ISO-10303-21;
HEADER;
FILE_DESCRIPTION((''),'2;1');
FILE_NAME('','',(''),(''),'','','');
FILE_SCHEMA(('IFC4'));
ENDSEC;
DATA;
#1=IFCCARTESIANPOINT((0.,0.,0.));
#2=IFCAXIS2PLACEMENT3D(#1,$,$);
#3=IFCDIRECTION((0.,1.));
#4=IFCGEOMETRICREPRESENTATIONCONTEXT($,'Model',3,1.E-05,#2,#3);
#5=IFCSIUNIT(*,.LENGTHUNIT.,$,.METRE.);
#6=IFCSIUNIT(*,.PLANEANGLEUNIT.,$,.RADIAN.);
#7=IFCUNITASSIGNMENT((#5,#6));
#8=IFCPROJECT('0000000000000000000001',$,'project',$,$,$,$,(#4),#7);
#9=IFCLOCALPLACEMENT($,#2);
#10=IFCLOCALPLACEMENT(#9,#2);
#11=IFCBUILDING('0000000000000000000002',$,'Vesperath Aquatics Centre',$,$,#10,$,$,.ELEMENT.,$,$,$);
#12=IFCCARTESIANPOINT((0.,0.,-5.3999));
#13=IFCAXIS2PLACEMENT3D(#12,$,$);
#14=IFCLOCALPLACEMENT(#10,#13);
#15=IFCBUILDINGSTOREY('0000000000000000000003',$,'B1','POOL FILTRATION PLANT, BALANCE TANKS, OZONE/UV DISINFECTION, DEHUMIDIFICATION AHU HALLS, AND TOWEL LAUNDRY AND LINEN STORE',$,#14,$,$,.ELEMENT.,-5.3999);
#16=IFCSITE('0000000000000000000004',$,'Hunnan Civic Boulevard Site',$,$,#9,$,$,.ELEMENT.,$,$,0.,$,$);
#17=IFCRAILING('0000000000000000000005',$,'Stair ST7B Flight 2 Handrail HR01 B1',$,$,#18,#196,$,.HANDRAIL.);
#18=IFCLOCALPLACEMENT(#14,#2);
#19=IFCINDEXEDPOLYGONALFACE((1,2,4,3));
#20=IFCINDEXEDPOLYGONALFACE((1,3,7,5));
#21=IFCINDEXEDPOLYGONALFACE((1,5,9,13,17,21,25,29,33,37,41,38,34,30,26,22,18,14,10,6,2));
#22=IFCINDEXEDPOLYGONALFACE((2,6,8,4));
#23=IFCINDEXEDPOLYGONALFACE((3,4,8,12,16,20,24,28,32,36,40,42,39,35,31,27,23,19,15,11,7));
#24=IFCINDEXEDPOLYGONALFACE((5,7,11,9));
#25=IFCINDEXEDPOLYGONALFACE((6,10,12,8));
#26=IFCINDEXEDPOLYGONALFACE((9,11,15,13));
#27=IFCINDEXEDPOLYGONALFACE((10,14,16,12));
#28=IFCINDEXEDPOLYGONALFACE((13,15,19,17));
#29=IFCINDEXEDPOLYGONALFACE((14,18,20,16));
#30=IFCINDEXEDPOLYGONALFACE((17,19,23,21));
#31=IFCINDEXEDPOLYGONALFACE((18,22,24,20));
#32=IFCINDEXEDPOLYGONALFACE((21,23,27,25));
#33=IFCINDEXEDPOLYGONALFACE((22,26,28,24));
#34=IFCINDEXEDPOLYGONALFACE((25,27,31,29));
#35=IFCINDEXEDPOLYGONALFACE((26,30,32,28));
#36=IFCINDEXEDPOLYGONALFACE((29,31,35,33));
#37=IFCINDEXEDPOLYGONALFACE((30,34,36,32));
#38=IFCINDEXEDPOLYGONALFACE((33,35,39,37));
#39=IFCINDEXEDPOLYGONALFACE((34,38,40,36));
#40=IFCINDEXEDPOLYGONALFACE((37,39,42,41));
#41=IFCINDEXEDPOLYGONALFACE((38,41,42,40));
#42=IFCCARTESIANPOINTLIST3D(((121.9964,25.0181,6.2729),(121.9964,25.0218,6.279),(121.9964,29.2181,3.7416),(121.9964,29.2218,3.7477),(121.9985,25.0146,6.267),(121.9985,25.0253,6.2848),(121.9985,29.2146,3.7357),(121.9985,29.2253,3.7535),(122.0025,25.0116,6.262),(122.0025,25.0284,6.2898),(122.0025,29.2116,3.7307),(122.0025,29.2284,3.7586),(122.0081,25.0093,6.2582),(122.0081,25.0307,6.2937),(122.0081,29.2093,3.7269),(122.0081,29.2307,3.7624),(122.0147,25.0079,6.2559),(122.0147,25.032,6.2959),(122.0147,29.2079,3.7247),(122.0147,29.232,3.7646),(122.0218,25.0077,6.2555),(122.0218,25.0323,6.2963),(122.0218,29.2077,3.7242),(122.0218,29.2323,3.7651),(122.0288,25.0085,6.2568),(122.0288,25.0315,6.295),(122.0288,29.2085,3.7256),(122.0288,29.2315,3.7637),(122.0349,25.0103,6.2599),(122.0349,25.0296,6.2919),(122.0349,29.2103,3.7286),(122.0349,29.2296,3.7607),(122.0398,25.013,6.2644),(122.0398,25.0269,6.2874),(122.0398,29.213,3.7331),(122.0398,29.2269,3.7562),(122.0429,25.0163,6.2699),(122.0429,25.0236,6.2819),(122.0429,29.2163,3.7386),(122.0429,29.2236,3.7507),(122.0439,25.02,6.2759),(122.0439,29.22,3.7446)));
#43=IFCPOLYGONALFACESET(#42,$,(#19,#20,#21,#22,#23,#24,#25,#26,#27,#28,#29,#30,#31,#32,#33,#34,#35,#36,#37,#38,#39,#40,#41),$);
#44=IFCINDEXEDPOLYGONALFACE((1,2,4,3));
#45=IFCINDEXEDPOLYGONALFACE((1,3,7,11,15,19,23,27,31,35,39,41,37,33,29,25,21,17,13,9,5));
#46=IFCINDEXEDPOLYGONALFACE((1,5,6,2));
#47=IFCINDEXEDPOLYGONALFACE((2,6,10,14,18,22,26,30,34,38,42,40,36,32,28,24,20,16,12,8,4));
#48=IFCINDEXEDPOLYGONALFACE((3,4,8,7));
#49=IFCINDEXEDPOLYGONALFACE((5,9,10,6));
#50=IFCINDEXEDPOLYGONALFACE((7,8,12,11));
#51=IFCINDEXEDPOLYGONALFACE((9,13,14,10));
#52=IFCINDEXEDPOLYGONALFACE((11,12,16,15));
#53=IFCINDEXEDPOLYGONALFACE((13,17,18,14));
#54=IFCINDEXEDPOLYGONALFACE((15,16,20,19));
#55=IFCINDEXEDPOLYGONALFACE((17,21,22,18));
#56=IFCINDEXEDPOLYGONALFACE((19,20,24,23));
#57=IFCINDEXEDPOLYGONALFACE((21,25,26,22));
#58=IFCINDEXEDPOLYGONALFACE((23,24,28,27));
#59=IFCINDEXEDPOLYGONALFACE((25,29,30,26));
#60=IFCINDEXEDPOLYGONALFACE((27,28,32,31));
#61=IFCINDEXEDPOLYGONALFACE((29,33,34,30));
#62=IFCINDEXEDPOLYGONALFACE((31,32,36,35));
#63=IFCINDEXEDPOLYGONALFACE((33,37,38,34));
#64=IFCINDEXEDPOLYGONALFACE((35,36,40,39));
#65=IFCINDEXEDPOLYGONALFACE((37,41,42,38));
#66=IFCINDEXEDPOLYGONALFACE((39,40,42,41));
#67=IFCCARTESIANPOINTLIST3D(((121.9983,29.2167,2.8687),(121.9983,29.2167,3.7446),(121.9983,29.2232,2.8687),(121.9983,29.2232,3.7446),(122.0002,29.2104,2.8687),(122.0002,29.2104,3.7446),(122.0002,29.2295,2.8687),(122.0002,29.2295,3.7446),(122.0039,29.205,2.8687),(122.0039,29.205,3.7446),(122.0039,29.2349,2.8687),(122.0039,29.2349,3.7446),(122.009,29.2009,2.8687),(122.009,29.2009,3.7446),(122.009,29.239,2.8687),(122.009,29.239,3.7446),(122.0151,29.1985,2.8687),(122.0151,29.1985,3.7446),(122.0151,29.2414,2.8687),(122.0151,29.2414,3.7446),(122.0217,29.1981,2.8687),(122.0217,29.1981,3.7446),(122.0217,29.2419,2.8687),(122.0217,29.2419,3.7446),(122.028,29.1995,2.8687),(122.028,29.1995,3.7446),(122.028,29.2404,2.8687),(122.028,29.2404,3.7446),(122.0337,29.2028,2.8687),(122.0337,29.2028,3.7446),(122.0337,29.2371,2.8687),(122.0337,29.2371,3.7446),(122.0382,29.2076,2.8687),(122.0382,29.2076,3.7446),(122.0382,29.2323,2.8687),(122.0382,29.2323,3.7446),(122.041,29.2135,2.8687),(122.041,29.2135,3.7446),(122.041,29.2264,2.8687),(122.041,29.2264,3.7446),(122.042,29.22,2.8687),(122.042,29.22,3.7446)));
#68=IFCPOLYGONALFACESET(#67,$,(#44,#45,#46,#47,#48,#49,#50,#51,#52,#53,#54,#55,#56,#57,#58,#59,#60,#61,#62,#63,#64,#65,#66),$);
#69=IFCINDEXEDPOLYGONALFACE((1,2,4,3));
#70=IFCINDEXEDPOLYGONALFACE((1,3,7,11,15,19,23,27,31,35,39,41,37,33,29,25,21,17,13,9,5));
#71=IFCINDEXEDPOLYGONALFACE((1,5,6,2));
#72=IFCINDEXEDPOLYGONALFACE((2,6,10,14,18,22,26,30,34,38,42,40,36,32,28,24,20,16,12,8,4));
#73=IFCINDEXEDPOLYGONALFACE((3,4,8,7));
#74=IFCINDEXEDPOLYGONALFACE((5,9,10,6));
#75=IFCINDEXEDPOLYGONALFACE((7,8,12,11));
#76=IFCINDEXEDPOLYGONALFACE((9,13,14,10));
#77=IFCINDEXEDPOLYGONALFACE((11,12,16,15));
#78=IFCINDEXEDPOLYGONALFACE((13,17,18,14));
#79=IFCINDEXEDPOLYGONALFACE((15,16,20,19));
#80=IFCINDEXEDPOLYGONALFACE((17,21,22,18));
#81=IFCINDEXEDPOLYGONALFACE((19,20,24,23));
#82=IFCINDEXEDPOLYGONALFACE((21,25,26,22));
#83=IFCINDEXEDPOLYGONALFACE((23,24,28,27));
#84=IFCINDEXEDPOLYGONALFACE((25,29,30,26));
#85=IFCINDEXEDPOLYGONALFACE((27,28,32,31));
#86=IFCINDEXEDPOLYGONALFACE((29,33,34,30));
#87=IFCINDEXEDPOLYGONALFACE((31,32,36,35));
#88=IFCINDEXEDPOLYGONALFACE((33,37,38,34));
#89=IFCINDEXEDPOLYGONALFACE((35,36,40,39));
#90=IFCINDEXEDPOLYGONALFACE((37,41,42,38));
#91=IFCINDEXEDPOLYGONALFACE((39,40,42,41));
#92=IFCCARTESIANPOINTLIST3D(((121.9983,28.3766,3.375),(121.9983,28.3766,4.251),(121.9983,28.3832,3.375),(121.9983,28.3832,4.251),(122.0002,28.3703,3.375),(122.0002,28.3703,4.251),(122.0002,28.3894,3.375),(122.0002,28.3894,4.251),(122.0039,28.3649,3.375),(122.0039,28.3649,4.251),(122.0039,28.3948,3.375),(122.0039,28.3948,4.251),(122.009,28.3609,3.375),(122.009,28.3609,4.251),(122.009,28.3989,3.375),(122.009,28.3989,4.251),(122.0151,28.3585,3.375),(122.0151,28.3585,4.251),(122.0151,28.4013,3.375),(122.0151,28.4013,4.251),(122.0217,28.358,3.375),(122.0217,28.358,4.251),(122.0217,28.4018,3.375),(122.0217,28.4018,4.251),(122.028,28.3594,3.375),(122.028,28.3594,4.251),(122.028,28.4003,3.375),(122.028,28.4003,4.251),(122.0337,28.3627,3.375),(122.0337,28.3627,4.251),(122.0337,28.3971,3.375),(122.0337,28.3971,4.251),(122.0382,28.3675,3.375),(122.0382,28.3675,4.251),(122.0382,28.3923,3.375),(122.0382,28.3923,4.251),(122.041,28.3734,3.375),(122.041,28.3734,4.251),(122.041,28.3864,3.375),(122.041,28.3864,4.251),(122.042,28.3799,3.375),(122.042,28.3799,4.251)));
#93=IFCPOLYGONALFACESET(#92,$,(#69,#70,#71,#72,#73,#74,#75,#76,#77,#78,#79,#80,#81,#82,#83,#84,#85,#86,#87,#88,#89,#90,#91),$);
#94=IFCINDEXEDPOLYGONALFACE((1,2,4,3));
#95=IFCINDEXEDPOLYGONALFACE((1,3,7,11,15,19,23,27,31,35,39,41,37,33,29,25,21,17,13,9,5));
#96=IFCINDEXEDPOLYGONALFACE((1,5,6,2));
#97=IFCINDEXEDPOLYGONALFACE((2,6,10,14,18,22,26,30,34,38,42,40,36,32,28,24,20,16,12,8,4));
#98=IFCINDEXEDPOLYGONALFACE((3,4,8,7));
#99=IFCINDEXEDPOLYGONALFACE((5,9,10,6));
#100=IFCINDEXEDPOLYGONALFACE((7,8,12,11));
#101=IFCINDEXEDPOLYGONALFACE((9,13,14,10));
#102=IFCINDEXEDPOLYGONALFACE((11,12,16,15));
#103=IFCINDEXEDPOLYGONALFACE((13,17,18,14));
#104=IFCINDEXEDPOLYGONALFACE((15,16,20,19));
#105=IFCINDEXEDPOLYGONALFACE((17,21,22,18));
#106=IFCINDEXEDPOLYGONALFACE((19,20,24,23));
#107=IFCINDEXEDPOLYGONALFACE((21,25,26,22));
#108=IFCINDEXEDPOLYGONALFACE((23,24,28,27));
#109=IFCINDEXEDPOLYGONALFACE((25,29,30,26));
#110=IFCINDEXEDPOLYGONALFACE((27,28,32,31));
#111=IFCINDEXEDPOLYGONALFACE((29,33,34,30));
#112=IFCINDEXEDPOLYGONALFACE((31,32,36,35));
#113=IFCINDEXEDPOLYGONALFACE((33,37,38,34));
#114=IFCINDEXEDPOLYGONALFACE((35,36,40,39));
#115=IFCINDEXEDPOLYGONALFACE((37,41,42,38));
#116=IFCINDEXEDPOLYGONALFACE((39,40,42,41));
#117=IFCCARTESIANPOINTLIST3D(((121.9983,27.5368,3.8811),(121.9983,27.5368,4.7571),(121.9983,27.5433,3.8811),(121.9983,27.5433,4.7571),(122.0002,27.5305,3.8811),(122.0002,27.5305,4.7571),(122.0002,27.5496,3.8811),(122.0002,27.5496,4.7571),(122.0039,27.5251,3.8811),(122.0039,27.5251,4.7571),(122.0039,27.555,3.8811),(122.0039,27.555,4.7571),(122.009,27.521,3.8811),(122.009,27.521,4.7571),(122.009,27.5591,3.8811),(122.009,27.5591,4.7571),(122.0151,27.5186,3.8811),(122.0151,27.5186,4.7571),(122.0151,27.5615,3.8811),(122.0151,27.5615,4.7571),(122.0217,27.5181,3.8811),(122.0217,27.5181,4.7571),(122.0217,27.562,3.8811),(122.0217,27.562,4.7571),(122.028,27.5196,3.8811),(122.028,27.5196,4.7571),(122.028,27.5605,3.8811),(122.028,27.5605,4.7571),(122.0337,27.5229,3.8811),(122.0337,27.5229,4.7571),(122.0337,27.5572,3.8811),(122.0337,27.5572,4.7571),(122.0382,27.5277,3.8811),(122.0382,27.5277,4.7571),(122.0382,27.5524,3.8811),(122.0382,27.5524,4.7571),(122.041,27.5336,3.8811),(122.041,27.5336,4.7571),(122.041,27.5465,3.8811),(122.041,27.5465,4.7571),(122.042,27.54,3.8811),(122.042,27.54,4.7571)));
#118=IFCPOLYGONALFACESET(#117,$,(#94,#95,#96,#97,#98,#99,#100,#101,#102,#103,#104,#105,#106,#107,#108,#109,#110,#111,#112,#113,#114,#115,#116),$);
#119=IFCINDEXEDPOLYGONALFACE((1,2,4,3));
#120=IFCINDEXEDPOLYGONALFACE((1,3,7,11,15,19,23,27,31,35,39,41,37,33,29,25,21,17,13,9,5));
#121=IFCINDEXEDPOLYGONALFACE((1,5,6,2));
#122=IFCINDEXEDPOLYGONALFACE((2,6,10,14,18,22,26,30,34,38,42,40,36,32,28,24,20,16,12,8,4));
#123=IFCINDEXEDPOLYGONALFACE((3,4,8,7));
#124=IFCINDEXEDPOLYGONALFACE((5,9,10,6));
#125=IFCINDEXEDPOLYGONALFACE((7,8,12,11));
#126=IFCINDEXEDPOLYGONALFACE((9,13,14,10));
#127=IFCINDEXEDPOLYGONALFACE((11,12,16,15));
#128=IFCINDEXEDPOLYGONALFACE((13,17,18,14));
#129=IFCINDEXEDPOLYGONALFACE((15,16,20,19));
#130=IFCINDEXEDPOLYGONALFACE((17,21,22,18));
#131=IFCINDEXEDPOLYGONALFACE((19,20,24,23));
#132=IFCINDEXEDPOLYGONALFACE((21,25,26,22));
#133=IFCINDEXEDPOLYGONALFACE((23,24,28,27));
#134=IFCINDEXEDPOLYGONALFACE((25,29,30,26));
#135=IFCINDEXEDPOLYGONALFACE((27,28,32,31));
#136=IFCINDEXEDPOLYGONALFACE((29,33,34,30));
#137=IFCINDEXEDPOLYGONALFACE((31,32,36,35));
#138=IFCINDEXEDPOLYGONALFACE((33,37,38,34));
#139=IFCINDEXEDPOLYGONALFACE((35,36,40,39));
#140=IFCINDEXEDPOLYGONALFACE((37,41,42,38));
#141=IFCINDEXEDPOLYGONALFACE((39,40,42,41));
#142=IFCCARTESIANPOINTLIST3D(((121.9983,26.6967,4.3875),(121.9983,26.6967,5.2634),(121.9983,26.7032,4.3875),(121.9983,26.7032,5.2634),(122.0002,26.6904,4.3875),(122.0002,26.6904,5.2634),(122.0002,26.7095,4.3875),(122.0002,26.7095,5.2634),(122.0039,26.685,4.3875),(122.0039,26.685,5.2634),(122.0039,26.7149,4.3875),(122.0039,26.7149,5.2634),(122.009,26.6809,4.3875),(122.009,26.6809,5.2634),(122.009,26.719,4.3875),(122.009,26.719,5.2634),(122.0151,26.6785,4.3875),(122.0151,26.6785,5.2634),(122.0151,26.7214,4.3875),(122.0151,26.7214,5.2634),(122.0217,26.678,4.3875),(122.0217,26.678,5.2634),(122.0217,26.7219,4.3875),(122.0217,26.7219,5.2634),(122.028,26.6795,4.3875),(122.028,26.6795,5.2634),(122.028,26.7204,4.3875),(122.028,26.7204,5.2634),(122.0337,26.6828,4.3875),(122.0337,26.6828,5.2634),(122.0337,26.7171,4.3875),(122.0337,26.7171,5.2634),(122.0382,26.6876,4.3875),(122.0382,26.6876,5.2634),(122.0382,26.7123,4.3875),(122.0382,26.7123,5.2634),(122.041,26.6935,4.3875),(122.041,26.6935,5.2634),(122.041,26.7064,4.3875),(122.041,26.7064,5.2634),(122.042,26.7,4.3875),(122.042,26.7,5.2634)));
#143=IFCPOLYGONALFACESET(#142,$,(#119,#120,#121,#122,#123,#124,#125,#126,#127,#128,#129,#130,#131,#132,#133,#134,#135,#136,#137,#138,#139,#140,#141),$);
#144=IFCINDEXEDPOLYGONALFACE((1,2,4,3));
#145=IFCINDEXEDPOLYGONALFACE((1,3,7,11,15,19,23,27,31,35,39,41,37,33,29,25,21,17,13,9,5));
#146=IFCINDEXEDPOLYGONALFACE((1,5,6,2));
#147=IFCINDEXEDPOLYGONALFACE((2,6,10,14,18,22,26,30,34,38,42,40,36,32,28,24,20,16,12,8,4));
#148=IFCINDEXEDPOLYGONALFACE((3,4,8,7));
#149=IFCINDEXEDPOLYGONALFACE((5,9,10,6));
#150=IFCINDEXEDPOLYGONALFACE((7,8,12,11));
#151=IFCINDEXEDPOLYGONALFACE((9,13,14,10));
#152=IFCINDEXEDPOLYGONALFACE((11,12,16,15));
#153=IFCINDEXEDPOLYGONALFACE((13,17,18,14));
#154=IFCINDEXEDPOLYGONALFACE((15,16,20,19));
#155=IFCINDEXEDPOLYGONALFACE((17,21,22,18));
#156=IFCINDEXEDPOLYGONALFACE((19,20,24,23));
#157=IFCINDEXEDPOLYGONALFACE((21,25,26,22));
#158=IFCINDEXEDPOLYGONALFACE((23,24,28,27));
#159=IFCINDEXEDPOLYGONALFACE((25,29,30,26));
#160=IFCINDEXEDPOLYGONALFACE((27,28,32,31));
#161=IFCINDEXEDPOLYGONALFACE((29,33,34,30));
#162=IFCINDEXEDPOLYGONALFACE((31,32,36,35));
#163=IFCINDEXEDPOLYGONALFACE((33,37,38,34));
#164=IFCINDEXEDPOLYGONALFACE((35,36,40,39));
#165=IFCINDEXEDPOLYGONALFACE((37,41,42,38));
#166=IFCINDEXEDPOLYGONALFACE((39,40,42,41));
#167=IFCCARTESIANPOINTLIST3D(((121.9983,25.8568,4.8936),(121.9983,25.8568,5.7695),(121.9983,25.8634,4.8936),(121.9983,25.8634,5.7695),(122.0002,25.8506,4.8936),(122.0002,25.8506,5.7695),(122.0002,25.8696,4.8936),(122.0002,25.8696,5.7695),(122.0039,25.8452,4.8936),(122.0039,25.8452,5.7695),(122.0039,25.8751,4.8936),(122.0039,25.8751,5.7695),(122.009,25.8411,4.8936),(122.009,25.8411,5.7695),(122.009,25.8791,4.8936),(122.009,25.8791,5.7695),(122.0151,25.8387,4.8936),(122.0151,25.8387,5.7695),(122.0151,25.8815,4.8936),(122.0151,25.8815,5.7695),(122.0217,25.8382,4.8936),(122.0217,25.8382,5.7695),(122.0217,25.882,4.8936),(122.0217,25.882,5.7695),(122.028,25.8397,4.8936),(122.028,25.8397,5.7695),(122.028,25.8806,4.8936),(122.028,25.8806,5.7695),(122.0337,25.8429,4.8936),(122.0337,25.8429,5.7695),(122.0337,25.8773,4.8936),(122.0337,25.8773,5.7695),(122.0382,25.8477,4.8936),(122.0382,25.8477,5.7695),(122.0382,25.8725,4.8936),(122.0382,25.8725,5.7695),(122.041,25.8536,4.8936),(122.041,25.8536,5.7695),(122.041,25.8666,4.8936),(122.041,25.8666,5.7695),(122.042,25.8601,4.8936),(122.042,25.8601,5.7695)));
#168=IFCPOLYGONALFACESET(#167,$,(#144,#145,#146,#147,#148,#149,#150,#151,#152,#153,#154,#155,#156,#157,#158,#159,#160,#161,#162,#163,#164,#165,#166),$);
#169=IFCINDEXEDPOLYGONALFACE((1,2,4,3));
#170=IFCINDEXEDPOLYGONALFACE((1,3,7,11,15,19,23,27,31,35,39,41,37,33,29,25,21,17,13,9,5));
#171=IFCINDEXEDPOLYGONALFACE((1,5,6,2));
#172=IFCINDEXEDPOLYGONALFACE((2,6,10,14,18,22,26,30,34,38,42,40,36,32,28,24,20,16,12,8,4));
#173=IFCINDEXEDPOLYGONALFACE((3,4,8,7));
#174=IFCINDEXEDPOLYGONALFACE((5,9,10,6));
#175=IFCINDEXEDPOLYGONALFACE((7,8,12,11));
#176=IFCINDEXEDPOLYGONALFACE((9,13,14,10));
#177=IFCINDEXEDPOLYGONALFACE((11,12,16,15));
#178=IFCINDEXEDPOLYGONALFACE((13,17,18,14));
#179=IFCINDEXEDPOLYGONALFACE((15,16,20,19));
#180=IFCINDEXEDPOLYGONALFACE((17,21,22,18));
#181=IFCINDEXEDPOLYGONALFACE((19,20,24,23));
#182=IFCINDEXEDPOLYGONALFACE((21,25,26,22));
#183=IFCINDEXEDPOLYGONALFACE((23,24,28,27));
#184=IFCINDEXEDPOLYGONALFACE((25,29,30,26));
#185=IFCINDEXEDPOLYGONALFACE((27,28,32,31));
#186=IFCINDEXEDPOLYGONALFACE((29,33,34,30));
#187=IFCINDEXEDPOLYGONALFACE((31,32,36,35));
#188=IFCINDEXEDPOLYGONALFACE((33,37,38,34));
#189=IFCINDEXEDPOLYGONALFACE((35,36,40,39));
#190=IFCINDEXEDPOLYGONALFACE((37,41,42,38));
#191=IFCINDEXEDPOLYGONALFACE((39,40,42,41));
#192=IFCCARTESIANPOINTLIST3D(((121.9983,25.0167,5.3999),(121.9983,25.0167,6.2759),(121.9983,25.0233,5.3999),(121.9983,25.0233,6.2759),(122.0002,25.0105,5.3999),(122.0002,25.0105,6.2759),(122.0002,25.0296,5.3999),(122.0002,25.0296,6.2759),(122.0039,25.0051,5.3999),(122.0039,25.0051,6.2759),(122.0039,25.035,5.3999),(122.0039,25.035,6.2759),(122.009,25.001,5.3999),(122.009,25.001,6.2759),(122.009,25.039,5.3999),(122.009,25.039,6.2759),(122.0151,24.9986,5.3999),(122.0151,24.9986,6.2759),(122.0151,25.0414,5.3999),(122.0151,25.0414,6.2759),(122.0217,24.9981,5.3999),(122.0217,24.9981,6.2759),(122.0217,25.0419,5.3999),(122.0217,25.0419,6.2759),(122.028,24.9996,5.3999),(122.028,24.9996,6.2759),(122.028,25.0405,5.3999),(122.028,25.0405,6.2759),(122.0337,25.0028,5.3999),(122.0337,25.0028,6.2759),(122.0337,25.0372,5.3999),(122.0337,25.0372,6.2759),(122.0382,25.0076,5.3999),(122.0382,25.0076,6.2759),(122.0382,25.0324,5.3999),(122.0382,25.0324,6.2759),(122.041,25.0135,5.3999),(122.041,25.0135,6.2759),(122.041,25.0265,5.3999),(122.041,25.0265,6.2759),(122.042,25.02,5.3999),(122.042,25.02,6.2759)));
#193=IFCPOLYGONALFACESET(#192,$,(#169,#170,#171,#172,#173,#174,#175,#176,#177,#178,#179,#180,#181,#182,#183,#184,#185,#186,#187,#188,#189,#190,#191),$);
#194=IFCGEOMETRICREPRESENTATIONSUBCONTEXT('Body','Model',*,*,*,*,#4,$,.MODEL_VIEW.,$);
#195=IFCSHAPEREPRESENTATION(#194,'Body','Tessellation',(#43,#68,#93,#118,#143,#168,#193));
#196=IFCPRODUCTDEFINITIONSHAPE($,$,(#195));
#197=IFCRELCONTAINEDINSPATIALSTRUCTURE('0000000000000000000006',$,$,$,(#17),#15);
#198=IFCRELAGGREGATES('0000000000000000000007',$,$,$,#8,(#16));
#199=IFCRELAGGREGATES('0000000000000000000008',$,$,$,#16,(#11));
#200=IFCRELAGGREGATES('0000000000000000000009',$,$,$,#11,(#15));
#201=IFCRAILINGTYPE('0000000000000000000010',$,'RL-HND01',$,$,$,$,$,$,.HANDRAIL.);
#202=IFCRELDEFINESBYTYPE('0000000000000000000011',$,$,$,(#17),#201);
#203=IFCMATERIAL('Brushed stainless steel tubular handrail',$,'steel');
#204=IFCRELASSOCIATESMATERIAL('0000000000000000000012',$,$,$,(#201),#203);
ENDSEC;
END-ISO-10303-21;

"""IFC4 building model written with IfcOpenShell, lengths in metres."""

from ifc_helpers import new_model, si_unit, direction, frame, origin, origin_2d, place, context, subcontext, project, spatial, circle, extrude, material, type_object, element, save


model = new_model("IFC4")

# Units and contexts
model_context = context("Model", 3, precision=1e-05, world=origin(), true_north=direction((0.0, 1.0)))
body_context = subcontext(model_context, "Body", "Model", "MODEL_VIEW")
ifc_project = project(units=[si_unit("LENGTHUNIT", "METRE"), si_unit("PLANEANGLEUNIT", "RADIAN")], contexts=[model_context])

# Site, building, storey
site_placement = place(None, origin())
site = spatial("IfcSite", under=ifc_project, at=site_placement, Name="Hunnan Civic Boulevard Site", CompositionType="ELEMENT", RefElevation=0.0)
building_placement = place(site_placement, origin())
building = spatial("IfcBuilding", under=site, at=building_placement, Name="Vesperath Aquatics Centre", CompositionType="ELEMENT")
storey_placement = place(building_placement, frame((0.0, 0.0, -5.3999)))
storey = spatial("IfcBuildingStorey", under=building, at=storey_placement, Name="B1", Description="POOL FILTRATION PLANT, BALANCE TANKS, OZONE/UV DISINFECTION, DEHUMIDIFICATION AHU HALLS, AND TOWEL LAUNDRY AND LINEN STORE", CompositionType="ELEMENT", Elevation=-5.3999)

# Railing
ifc_material_1 = material(Name="Brushed stainless steel tubular handrail", Category="steel")
railing_type_1 = type_object("IfcRailingType", Name="RL-HND01", PredefinedType="HANDRAIL", material=ifc_material_1)
railing_1_placement = place(storey_placement, frame((122.02, 29.22, 2.8687)))
element("IfcRailing", 1, at=railing_1_placement, inside=storey, type_object=railing_type_1, Name="Stair ST7B Flight 2 Handrail HR01 B1", PredefinedType="HANDRAIL", context=body_context, shape_type="SweptSolid", body=[
    extrude(circle(Radius=0.0239, at=origin_2d()), frame((0.0, 0.0, 0.876), z_axis=(0.0, -0.856476, 0.516186), x_axis=(1.0, 0.0, 0.0)), (0.0, 0.0, 1.0), 4.9038),
    extrude(circle(Radius=0.022, at=origin_2d()), origin(), (0.0, 0.0, 1.0), 0.876),
    extrude(circle(Radius=0.022, at=origin_2d()), frame((0.0, -0.8401, 0.5063)), (0.0, 0.0, 1.0), 0.876),
    extrude(circle(Radius=0.022, at=origin_2d()), frame((0.0, -1.6799, 1.0125)), (0.0, 0.0, 1.0), 0.876),
    extrude(circle(Radius=0.022, at=origin_2d()), frame((0.0, -2.52, 1.5188)), (0.0, 0.0, 1.0), 0.876),
    extrude(circle(Radius=0.022, at=origin_2d()), frame((0.0, -3.3599, 2.0249)), (0.0, 0.0, 1.0), 0.876),
    extrude(circle(Radius=0.022, at=origin_2d()), frame((0.0, -4.2, 2.5312)), (0.0, 0.0, 1.0), 0.876),
])

save(model, "model.ifc")
